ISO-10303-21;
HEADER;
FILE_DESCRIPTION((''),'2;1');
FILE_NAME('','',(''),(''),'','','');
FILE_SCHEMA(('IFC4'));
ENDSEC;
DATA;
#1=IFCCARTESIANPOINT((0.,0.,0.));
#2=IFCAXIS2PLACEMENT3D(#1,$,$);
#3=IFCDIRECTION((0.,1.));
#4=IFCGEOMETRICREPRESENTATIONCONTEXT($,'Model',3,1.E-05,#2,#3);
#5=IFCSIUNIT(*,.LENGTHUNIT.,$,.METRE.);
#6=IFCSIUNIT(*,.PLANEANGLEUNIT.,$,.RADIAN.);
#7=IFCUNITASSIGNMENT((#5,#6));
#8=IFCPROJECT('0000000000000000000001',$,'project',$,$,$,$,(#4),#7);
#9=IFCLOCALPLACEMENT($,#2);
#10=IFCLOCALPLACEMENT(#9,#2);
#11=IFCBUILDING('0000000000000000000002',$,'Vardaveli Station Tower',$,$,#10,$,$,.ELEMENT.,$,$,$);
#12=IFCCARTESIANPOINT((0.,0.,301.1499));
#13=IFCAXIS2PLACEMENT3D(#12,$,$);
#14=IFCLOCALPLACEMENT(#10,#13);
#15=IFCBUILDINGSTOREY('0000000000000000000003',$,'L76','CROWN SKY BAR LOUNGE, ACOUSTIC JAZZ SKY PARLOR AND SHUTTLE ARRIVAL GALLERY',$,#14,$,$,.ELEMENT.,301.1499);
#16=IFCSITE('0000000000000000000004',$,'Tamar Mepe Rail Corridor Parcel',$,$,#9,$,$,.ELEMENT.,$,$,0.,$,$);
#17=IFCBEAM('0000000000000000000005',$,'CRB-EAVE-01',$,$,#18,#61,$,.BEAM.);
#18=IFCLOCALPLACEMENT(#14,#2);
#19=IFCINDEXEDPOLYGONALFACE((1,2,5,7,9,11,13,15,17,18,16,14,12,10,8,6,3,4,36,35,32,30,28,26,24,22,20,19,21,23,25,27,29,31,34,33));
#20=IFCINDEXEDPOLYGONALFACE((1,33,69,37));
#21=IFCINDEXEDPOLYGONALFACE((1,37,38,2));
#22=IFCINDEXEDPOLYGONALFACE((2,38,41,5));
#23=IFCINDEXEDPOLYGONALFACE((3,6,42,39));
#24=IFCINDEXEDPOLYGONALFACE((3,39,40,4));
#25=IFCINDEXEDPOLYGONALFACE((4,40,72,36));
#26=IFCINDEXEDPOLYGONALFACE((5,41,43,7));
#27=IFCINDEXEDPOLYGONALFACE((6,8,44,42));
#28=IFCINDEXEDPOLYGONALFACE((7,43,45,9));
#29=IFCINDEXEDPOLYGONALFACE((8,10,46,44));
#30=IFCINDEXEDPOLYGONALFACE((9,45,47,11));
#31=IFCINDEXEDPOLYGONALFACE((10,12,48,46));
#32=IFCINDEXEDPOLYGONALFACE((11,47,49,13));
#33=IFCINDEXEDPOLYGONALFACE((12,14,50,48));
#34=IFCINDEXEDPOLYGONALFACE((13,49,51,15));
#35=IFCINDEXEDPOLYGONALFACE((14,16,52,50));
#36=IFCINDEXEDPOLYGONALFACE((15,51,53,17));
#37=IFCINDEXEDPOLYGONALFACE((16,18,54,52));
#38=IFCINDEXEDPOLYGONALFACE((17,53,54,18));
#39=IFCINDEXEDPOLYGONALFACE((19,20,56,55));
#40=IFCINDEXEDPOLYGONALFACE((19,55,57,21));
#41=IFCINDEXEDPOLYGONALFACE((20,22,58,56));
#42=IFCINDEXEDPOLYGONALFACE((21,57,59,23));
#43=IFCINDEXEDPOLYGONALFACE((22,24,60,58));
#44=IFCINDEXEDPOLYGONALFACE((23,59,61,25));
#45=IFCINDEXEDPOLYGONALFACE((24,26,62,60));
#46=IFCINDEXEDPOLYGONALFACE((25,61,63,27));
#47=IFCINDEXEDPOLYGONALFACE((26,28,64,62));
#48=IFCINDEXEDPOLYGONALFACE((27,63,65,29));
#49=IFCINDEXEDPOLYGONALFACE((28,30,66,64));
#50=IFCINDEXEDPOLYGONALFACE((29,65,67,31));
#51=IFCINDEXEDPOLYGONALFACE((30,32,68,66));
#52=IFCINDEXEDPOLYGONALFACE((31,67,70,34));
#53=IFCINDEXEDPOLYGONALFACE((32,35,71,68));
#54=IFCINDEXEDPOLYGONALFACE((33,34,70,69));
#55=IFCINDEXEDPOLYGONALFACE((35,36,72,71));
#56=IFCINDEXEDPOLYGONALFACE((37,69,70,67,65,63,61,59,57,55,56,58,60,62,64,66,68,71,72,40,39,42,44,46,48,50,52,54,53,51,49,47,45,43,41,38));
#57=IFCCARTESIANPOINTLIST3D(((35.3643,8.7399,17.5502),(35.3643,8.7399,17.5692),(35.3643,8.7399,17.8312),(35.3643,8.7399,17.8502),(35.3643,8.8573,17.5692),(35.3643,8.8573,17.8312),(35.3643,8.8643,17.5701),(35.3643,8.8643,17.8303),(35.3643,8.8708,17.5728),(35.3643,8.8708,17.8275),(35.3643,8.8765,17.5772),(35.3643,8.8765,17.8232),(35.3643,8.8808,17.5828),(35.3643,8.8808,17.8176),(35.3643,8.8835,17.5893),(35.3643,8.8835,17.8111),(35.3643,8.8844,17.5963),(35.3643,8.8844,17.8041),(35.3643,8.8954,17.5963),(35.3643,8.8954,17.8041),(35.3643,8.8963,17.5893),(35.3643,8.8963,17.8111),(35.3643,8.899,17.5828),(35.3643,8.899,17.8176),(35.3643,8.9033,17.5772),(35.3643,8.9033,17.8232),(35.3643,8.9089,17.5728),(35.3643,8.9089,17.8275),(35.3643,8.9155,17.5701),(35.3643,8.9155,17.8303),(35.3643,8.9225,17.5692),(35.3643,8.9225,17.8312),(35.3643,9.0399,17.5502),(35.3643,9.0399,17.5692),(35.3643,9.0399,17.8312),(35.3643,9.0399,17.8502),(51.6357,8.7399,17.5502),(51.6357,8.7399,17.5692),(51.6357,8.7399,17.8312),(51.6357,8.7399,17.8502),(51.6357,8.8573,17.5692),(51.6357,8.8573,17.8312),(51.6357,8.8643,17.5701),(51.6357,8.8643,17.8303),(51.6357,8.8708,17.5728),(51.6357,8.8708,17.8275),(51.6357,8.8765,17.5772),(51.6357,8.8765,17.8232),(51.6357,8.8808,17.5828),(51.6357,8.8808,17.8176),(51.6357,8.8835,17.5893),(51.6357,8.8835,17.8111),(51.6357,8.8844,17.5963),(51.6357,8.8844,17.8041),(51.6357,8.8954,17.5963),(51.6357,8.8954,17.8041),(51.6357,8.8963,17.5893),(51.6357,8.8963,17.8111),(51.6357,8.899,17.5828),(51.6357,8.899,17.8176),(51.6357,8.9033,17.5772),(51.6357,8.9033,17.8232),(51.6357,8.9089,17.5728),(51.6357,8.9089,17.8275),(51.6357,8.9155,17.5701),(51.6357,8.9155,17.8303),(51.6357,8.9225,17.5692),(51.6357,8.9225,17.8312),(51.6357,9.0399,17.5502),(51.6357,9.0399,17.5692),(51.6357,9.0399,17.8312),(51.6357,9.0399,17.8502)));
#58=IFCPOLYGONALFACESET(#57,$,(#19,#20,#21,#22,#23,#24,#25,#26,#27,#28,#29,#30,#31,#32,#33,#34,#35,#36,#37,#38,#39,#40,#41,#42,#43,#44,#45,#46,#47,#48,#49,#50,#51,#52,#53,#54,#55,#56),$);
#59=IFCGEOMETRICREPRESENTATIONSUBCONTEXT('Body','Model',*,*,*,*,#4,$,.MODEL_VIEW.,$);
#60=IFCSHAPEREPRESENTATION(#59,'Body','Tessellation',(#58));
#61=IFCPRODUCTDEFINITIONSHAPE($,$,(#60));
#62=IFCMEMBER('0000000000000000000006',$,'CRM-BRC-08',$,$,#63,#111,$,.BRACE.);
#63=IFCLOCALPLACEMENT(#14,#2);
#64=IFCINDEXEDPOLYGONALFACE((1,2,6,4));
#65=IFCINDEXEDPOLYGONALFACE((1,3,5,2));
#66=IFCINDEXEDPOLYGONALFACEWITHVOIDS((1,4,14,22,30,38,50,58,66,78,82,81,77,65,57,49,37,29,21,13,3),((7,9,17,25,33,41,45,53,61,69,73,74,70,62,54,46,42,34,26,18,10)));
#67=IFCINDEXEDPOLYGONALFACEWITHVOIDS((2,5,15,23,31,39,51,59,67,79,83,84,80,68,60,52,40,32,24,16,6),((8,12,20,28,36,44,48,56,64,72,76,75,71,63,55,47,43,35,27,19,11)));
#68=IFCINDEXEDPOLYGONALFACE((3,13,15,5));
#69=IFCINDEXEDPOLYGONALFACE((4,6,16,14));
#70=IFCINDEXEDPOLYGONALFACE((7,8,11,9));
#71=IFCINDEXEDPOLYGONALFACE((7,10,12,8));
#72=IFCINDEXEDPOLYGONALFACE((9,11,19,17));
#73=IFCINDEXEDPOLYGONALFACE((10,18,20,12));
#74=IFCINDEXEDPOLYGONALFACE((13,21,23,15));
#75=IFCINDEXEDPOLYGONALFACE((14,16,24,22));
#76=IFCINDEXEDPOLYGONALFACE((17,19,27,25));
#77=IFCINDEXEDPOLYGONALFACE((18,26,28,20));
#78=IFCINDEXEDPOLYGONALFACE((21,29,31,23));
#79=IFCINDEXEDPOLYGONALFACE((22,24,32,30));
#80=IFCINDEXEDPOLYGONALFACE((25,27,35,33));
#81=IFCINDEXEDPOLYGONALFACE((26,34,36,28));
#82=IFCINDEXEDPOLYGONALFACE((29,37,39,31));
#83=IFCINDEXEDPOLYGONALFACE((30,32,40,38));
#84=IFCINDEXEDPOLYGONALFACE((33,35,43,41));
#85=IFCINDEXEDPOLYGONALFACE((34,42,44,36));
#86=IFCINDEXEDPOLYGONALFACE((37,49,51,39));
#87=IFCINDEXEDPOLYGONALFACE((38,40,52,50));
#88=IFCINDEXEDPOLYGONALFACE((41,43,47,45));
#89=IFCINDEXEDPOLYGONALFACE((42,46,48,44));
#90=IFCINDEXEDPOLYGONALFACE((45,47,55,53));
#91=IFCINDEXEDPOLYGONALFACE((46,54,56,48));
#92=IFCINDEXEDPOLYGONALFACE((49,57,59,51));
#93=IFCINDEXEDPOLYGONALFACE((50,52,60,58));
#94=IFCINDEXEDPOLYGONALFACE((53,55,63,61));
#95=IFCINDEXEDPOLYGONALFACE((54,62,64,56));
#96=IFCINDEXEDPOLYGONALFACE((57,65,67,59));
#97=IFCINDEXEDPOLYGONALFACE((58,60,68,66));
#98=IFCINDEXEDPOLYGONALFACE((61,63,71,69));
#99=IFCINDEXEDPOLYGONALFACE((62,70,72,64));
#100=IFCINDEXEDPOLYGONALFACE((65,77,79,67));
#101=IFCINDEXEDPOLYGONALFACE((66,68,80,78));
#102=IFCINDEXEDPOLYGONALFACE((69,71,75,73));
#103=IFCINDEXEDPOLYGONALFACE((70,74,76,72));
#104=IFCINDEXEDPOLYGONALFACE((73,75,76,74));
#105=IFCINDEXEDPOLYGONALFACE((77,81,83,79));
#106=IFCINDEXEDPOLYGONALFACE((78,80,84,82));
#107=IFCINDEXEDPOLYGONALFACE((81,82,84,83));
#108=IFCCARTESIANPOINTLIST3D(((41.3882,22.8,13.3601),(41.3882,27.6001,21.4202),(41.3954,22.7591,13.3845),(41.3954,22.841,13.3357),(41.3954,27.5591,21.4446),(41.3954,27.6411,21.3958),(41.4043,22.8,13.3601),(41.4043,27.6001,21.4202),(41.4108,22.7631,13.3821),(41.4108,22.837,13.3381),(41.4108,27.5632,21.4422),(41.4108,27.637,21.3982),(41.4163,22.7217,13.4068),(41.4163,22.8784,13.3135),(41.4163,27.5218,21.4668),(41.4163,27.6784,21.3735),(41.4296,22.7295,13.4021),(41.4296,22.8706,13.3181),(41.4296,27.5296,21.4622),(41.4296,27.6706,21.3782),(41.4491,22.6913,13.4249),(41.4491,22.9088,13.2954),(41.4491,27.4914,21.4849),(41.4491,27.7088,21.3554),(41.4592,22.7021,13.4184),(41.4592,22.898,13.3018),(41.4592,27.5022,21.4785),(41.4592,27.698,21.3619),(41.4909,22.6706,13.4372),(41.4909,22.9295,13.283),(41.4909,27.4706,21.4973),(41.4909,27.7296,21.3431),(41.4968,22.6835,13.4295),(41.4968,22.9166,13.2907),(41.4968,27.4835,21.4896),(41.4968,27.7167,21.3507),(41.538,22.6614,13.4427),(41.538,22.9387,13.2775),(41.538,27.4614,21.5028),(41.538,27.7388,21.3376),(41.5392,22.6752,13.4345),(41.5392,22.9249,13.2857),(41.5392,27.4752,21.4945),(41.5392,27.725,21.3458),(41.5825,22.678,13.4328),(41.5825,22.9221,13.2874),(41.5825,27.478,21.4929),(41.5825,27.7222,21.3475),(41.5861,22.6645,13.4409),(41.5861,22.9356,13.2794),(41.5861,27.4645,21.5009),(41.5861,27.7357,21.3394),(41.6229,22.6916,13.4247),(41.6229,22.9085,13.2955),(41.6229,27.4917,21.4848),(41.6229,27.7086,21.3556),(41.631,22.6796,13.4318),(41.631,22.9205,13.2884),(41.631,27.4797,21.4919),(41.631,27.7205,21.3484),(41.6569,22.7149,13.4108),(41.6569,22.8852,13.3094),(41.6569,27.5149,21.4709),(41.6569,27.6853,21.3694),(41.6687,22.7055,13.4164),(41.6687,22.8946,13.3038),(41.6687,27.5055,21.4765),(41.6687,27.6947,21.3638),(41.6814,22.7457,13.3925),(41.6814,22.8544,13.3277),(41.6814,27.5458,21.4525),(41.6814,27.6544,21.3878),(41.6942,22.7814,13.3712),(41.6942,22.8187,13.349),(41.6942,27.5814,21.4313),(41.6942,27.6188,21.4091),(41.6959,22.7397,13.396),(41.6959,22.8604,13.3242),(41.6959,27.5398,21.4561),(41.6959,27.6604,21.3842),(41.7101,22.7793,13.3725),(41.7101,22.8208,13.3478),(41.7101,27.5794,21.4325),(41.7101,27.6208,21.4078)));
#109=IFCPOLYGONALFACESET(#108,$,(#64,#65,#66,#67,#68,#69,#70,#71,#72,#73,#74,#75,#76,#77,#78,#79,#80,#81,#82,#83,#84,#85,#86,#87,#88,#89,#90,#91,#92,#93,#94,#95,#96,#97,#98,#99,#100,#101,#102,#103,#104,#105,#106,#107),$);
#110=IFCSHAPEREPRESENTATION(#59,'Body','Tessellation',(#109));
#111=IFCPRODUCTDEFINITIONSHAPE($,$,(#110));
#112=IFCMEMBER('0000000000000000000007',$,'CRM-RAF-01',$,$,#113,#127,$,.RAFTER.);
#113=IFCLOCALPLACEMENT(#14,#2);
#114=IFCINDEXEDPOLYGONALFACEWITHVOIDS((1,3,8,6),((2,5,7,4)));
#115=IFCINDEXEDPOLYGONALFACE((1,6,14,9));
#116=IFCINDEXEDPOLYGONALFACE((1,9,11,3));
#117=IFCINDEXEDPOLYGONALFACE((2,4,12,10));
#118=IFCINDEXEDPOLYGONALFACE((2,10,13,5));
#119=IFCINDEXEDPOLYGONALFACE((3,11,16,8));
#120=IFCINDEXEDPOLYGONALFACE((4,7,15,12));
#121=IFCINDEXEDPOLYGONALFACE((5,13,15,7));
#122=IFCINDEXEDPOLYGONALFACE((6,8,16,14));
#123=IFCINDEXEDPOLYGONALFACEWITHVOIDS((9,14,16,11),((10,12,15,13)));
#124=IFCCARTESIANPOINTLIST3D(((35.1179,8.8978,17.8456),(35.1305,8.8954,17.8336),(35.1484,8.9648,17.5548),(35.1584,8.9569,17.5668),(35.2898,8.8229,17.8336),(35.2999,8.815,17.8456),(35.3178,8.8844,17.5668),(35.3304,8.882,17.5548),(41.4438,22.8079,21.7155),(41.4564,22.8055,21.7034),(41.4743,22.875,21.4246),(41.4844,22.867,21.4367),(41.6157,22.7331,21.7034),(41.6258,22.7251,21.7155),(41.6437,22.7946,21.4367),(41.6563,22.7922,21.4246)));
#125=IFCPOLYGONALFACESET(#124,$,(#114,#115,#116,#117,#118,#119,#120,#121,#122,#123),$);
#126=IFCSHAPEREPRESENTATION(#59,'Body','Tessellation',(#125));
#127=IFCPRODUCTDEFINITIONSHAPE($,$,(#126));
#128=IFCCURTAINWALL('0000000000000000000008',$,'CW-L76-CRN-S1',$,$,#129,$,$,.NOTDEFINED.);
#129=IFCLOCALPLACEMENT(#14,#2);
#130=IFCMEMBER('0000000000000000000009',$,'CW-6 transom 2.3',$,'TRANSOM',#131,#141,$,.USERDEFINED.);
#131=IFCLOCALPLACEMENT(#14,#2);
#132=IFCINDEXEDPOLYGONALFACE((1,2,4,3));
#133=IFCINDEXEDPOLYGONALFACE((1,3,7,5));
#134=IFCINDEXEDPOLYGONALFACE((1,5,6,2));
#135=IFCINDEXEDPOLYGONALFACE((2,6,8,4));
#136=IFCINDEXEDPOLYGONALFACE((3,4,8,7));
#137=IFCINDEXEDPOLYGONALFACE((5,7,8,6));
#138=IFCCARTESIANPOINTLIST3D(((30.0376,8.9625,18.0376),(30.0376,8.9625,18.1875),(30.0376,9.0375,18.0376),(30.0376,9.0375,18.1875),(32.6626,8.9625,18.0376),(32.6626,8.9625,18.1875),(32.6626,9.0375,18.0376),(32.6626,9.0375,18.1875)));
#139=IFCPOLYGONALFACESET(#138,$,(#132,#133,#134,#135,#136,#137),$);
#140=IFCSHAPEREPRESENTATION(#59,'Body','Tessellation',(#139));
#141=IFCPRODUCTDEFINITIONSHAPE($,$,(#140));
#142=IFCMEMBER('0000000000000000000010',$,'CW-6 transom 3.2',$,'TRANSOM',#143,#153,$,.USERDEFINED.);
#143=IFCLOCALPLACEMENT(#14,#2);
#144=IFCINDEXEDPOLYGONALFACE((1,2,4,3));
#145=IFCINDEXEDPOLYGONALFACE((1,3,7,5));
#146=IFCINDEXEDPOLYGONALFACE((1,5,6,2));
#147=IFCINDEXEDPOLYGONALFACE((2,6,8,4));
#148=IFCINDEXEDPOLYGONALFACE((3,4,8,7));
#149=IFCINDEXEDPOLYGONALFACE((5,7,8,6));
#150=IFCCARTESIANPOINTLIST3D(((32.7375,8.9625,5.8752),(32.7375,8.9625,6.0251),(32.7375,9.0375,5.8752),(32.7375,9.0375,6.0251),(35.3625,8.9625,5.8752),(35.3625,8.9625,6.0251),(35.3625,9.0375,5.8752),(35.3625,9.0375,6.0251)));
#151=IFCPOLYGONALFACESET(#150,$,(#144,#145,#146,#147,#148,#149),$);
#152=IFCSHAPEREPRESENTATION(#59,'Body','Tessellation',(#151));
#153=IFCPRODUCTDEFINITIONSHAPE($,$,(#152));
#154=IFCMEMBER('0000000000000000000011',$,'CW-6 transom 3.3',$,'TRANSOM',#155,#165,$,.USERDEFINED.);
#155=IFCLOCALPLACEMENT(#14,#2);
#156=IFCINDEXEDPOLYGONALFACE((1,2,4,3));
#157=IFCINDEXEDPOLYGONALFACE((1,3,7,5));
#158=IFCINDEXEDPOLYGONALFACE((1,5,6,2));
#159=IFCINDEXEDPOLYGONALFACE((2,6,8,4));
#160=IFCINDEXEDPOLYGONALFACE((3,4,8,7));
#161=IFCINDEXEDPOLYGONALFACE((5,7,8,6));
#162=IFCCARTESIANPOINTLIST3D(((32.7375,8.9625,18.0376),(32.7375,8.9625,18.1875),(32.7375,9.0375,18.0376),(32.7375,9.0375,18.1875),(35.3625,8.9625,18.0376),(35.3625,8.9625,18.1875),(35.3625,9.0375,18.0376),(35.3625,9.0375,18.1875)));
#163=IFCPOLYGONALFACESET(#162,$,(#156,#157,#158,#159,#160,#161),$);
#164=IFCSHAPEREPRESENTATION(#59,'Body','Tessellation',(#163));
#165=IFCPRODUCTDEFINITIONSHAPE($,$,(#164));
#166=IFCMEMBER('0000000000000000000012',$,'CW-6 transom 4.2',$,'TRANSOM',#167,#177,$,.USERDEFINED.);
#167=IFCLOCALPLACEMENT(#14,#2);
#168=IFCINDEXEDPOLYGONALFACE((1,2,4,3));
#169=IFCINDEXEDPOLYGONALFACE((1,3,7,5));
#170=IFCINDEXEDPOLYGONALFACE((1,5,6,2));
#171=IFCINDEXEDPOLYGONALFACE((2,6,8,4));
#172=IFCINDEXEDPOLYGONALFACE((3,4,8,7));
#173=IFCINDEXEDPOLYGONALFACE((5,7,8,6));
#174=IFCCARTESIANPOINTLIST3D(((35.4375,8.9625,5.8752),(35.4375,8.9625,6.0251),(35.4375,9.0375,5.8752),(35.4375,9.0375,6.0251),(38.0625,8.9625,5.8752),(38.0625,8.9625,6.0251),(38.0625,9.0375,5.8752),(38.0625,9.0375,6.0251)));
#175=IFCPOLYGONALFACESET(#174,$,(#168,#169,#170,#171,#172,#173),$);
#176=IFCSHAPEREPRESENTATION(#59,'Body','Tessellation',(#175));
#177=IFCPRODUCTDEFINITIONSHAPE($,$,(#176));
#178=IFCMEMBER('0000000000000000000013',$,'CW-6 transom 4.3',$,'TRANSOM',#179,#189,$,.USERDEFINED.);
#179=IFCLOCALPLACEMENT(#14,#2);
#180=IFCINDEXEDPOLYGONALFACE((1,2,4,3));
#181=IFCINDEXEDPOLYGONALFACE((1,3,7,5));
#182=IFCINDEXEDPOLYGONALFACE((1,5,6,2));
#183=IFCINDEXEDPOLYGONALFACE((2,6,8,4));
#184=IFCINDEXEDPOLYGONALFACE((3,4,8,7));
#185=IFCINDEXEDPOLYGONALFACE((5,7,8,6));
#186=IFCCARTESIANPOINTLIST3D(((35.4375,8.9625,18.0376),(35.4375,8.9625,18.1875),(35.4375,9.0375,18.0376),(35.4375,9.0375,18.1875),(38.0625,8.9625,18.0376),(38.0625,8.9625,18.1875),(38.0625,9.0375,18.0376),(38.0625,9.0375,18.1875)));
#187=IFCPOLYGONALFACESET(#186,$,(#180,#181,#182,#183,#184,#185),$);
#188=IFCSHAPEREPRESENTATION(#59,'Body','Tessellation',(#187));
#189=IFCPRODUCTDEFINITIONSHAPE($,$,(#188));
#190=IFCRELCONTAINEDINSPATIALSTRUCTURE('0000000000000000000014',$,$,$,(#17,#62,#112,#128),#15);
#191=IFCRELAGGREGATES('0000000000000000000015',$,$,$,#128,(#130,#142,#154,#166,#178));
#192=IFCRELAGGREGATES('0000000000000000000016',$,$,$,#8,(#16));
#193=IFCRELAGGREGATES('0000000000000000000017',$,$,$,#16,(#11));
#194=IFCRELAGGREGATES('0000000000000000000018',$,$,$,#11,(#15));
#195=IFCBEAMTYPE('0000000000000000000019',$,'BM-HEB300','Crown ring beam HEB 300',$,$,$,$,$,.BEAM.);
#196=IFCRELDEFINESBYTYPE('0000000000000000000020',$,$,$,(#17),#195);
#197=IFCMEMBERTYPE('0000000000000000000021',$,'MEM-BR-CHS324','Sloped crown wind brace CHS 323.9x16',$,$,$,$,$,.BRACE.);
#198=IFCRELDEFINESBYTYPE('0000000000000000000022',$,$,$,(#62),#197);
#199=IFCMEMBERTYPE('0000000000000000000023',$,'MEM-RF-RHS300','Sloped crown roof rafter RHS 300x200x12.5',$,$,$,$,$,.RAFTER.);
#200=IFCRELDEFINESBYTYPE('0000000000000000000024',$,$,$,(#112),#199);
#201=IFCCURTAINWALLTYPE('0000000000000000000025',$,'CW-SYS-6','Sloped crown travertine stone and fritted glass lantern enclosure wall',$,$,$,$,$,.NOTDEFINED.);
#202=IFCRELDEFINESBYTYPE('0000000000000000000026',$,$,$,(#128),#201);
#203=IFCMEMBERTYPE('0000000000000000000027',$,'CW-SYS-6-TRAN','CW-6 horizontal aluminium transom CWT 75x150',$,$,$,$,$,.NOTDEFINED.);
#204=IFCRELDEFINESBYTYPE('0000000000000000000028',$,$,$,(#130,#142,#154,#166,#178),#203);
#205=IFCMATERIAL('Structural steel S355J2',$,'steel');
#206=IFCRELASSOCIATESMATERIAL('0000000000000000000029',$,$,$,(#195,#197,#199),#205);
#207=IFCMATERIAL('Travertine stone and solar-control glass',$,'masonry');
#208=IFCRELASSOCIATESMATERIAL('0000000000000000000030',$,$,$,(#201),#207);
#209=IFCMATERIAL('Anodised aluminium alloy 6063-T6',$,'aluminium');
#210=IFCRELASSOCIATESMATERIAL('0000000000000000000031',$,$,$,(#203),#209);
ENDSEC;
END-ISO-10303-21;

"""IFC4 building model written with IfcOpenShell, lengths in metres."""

from ifc_helpers import new_model, si_unit, direction, frame, origin, origin_2d, place, context, subcontext, project, spatial, rectangle, hollow_rectangle, hollow_circle, i_section, extrude, source, transform, mapped, material, material_profile, profile_set, type_object, element, aggregate, save


model = new_model("IFC4")

# Units and contexts
model_context = context("Model", 3, precision=1e-05, world=origin(), true_north=direction((0.0, 1.0)))
body_context = subcontext(model_context, "Body", "Model", "MODEL_VIEW")
ifc_project = project(units=[si_unit("LENGTHUNIT", "METRE"), si_unit("PLANEANGLEUNIT", "RADIAN")], contexts=[model_context])

# Site, building, storey
site_placement = place(None, origin())
site = spatial("IfcSite", under=ifc_project, at=site_placement, Name="Tamar Mepe Rail Corridor Parcel", CompositionType="ELEMENT", RefElevation=0.0)
building_placement = place(site_placement, origin())
building = spatial("IfcBuilding", under=site, at=building_placement, Name="Vardaveli Station Tower", CompositionType="ELEMENT")
storey_placement = place(building_placement, frame((0.0, 0.0, 301.1499)))
storey = spatial("IfcBuildingStorey", under=building, at=storey_placement, Name="L76", Description="CROWN SKY BAR LOUNGE, ACOUSTIC JAZZ SKY PARLOR AND SHUTTLE ARRIVAL GALLERY", CompositionType="ELEMENT", Elevation=301.1499)

# Beam
ifc_material_1 = material(Name="Structural steel S355J2", Category="steel")
ifc_material_profile_1 = material_profile(ifc_material_1, i_section(OverallWidth=0.3, OverallDepth=0.3, WebThickness=0.011, FlangeThickness=0.019, FilletRadius=0.0271, at=origin_2d()), Name="HEB 300")
ifc_profile_set_1 = profile_set([ifc_material_profile_1], Name="Structural steel S355J2")
beam_type = type_object("IfcBeamType", Name="BM-HEB300", Description="Crown ring beam HEB 300", PredefinedType="BEAM", material=ifc_profile_set_1)
shared_shape_1 = source(origin(), body_context, "Body", "SweptSolid", [
    extrude(i_section(OverallWidth=0.3, OverallDepth=0.3, WebThickness=0.011, FlangeThickness=0.019, FilletRadius=0.0271, at=origin_2d()), origin(), (0.0, 0.0, 1.0), 16.2715),
])
beam_placement = place(storey_placement, frame((35.3643, 8.8899, 17.7002), z_axis=(1.0, 0.0, 0.0), x_axis=(0.0, 1.0, 0.0)))
element("IfcBeam", 1, at=beam_placement, inside=storey, type_object=beam_type, Name="CRB-EAVE-01", PredefinedType="BEAM", context=body_context, shape_type="MappedRepresentation", body=[
    mapped(shared_shape_1, transform((0.0, 0.0, 0.0), scale=1.0)),
])

# Members
ifc_material_profile_2 = material_profile(ifc_material_1, hollow_circle(Radius=0.1619, WallThickness=0.0161, at=origin_2d()), Name="CHS 323.9x16")
ifc_profile_set_2 = profile_set([ifc_material_profile_2], Name="Structural steel S355J2")
member_type_1 = type_object("IfcMemberType", Name="MEM-BR-CHS324", Description="Sloped crown wind brace CHS 323.9x16", PredefinedType="BRACE", material=ifc_profile_set_2)
shared_shape_2 = source(origin(), body_context, "Body", "SweptSolid", [
    extrude(hollow_circle(Radius=0.1619, WallThickness=0.0161, at=origin_2d()), origin(), (0.0, 0.0, 1.0), 9.3811),
])
member_1_placement = place(storey_placement, frame((41.55, 22.8, 13.3601), z_axis=(0.0, 0.511672, 0.859181), x_axis=(-1.0, 0.0, 0.0)))
element("IfcMember", 2, at=member_1_placement, inside=storey, type_object=member_type_1, Name="CRM-BRC-08", PredefinedType="BRACE", context=body_context, shape_type="MappedRepresentation", body=[
    mapped(shared_shape_2, transform((0.0, 0.0, 0.0), scale=1.0)),
])
ifc_material_profile_3 = material_profile(ifc_material_1, hollow_rectangle(XDim=0.2, YDim=0.3, WallThickness=0.0125, at=origin_2d()), Name="RHS 300x200x12.5")
ifc_profile_set_3 = profile_set([ifc_material_profile_3], Name="Structural steel S355J2")
member_type_2 = type_object("IfcMemberType", Name="MEM-RF-RHS300", Description="Sloped crown roof rafter RHS 300x200x12.5", PredefinedType="RAFTER", material=ifc_profile_set_3)
shared_shape_3 = source(origin(), body_context, "Body", "SweptSolid", [
    extrude(hollow_rectangle(XDim=0.2, YDim=0.3, WallThickness=0.0125, at=origin_2d()), origin(), (0.0, 0.0, 1.0), 15.7634),
])
member_2_placement = place(storey_placement, frame((35.2241, 8.8899, 17.7002), z_axis=(0.401304, 0.882432, 0.245497), x_axis=(-0.910289, 0.413973, 0.0)))
element("IfcMember", 3, at=member_2_placement, inside=storey, type_object=member_type_2, Name="CRM-RAF-01", PredefinedType="RAFTER", context=body_context, shape_type="MappedRepresentation", body=[
    mapped(shared_shape_3, transform((0.0, 0.0, 0.0), scale=1.0)),
])

# Curtain wall, members
ifc_material_2 = material(Name="Travertine stone and solar-control glass", Category="masonry")
curtain_wall_type = type_object("IfcCurtainWallType", Name="CW-SYS-6", Description="Sloped crown travertine stone and fritted glass lantern enclosure wall", PredefinedType="NOTDEFINED", material=ifc_material_2)
curtain_wall_placement = place(storey_placement, origin())
curtain_wall = element("IfcCurtainWall", 4, at=curtain_wall_placement, inside=storey, type_object=curtain_wall_type, Name="CW-L76-CRN-S1", PredefinedType="NOTDEFINED")
ifc_material_3 = material(Name="Anodised aluminium alloy 6063-T6", Category="aluminium")
ifc_material_profile_4 = material_profile(ifc_material_3, rectangle(XDim=0.075, YDim=0.1499, at=origin_2d()), Name="CWT 75x150")
ifc_profile_set_4 = profile_set([ifc_material_profile_4], Name="Anodised aluminium alloy 6063-T6")
member_type_3 = type_object("IfcMemberType", Name="CW-SYS-6-TRAN", Description="CW-6 horizontal aluminium transom CWT 75x150", PredefinedType="NOTDEFINED", material=ifc_profile_set_4)
shared_shape_4 = source(origin(), body_context, "Body", "SweptSolid", [
    extrude(rectangle(XDim=0.075, YDim=0.1499, at=origin_2d()), origin(), (0.0, 0.0, 1.0), 2.625),
])
member_3_placement = place(storey_placement, frame((30.0376, 9.0, 18.1125), z_axis=(1.0, 0.0, 0.0), x_axis=(0.0, 1.0, 0.0)))
member_3 = element("IfcMember", 5, at=member_3_placement, type_object=member_type_3, Name="CW-6 transom 2.3", ObjectType="TRANSOM", PredefinedType="USERDEFINED", context=body_context, shape_type="MappedRepresentation", body=[
    mapped(shared_shape_4, transform((0.0, 0.0, 0.0), scale=1.0)),
])
member_4_placement = place(storey_placement, frame((32.7375, 9.0, 5.9502), z_axis=(1.0, 0.0, 0.0), x_axis=(0.0, 1.0, 0.0)))
member_4 = element("IfcMember", 6, at=member_4_placement, type_object=member_type_3, Name="CW-6 transom 3.2", ObjectType="TRANSOM", PredefinedType="USERDEFINED", context=body_context, shape_type="MappedRepresentation", body=[
    mapped(shared_shape_4, transform((0.0, 0.0, 0.0), scale=1.0)),
])
member_5_placement = place(storey_placement, frame((32.7375, 9.0, 18.1125), z_axis=(1.0, 0.0, 0.0), x_axis=(0.0, 1.0, 0.0)))
member_5 = element("IfcMember", 7, at=member_5_placement, type_object=member_type_3, Name="CW-6 transom 3.3", ObjectType="TRANSOM", PredefinedType="USERDEFINED", context=body_context, shape_type="MappedRepresentation", body=[
    mapped(shared_shape_4, transform((0.0, 0.0, 0.0), scale=1.0)),
])
member_6_placement = place(storey_placement, frame((35.4375, 9.0, 5.9502), z_axis=(1.0, 0.0, 0.0), x_axis=(0.0, 1.0, 0.0)))
member_6 = element("IfcMember", 8, at=member_6_placement, type_object=member_type_3, Name="CW-6 transom 4.2", ObjectType="TRANSOM", PredefinedType="USERDEFINED", context=body_context, shape_type="MappedRepresentation", body=[
    mapped(shared_shape_4, transform((0.0, 0.0, 0.0), scale=1.0)),
])
member_7_placement = place(storey_placement, frame((35.4375, 9.0, 18.1125), z_axis=(1.0, 0.0, 0.0), x_axis=(0.0, 1.0, 0.0)))
member_7 = element("IfcMember", 9, at=member_7_placement, type_object=member_type_3, Name="CW-6 transom 4.3", ObjectType="TRANSOM", PredefinedType="USERDEFINED", context=body_context, shape_type="MappedRepresentation", body=[
    mapped(shared_shape_4, transform((0.0, 0.0, 0.0), scale=1.0)),
])

aggregate(curtain_wall, [member_3, member_4, member_5, member_6, member_7])

save(model, "model.ifc")
